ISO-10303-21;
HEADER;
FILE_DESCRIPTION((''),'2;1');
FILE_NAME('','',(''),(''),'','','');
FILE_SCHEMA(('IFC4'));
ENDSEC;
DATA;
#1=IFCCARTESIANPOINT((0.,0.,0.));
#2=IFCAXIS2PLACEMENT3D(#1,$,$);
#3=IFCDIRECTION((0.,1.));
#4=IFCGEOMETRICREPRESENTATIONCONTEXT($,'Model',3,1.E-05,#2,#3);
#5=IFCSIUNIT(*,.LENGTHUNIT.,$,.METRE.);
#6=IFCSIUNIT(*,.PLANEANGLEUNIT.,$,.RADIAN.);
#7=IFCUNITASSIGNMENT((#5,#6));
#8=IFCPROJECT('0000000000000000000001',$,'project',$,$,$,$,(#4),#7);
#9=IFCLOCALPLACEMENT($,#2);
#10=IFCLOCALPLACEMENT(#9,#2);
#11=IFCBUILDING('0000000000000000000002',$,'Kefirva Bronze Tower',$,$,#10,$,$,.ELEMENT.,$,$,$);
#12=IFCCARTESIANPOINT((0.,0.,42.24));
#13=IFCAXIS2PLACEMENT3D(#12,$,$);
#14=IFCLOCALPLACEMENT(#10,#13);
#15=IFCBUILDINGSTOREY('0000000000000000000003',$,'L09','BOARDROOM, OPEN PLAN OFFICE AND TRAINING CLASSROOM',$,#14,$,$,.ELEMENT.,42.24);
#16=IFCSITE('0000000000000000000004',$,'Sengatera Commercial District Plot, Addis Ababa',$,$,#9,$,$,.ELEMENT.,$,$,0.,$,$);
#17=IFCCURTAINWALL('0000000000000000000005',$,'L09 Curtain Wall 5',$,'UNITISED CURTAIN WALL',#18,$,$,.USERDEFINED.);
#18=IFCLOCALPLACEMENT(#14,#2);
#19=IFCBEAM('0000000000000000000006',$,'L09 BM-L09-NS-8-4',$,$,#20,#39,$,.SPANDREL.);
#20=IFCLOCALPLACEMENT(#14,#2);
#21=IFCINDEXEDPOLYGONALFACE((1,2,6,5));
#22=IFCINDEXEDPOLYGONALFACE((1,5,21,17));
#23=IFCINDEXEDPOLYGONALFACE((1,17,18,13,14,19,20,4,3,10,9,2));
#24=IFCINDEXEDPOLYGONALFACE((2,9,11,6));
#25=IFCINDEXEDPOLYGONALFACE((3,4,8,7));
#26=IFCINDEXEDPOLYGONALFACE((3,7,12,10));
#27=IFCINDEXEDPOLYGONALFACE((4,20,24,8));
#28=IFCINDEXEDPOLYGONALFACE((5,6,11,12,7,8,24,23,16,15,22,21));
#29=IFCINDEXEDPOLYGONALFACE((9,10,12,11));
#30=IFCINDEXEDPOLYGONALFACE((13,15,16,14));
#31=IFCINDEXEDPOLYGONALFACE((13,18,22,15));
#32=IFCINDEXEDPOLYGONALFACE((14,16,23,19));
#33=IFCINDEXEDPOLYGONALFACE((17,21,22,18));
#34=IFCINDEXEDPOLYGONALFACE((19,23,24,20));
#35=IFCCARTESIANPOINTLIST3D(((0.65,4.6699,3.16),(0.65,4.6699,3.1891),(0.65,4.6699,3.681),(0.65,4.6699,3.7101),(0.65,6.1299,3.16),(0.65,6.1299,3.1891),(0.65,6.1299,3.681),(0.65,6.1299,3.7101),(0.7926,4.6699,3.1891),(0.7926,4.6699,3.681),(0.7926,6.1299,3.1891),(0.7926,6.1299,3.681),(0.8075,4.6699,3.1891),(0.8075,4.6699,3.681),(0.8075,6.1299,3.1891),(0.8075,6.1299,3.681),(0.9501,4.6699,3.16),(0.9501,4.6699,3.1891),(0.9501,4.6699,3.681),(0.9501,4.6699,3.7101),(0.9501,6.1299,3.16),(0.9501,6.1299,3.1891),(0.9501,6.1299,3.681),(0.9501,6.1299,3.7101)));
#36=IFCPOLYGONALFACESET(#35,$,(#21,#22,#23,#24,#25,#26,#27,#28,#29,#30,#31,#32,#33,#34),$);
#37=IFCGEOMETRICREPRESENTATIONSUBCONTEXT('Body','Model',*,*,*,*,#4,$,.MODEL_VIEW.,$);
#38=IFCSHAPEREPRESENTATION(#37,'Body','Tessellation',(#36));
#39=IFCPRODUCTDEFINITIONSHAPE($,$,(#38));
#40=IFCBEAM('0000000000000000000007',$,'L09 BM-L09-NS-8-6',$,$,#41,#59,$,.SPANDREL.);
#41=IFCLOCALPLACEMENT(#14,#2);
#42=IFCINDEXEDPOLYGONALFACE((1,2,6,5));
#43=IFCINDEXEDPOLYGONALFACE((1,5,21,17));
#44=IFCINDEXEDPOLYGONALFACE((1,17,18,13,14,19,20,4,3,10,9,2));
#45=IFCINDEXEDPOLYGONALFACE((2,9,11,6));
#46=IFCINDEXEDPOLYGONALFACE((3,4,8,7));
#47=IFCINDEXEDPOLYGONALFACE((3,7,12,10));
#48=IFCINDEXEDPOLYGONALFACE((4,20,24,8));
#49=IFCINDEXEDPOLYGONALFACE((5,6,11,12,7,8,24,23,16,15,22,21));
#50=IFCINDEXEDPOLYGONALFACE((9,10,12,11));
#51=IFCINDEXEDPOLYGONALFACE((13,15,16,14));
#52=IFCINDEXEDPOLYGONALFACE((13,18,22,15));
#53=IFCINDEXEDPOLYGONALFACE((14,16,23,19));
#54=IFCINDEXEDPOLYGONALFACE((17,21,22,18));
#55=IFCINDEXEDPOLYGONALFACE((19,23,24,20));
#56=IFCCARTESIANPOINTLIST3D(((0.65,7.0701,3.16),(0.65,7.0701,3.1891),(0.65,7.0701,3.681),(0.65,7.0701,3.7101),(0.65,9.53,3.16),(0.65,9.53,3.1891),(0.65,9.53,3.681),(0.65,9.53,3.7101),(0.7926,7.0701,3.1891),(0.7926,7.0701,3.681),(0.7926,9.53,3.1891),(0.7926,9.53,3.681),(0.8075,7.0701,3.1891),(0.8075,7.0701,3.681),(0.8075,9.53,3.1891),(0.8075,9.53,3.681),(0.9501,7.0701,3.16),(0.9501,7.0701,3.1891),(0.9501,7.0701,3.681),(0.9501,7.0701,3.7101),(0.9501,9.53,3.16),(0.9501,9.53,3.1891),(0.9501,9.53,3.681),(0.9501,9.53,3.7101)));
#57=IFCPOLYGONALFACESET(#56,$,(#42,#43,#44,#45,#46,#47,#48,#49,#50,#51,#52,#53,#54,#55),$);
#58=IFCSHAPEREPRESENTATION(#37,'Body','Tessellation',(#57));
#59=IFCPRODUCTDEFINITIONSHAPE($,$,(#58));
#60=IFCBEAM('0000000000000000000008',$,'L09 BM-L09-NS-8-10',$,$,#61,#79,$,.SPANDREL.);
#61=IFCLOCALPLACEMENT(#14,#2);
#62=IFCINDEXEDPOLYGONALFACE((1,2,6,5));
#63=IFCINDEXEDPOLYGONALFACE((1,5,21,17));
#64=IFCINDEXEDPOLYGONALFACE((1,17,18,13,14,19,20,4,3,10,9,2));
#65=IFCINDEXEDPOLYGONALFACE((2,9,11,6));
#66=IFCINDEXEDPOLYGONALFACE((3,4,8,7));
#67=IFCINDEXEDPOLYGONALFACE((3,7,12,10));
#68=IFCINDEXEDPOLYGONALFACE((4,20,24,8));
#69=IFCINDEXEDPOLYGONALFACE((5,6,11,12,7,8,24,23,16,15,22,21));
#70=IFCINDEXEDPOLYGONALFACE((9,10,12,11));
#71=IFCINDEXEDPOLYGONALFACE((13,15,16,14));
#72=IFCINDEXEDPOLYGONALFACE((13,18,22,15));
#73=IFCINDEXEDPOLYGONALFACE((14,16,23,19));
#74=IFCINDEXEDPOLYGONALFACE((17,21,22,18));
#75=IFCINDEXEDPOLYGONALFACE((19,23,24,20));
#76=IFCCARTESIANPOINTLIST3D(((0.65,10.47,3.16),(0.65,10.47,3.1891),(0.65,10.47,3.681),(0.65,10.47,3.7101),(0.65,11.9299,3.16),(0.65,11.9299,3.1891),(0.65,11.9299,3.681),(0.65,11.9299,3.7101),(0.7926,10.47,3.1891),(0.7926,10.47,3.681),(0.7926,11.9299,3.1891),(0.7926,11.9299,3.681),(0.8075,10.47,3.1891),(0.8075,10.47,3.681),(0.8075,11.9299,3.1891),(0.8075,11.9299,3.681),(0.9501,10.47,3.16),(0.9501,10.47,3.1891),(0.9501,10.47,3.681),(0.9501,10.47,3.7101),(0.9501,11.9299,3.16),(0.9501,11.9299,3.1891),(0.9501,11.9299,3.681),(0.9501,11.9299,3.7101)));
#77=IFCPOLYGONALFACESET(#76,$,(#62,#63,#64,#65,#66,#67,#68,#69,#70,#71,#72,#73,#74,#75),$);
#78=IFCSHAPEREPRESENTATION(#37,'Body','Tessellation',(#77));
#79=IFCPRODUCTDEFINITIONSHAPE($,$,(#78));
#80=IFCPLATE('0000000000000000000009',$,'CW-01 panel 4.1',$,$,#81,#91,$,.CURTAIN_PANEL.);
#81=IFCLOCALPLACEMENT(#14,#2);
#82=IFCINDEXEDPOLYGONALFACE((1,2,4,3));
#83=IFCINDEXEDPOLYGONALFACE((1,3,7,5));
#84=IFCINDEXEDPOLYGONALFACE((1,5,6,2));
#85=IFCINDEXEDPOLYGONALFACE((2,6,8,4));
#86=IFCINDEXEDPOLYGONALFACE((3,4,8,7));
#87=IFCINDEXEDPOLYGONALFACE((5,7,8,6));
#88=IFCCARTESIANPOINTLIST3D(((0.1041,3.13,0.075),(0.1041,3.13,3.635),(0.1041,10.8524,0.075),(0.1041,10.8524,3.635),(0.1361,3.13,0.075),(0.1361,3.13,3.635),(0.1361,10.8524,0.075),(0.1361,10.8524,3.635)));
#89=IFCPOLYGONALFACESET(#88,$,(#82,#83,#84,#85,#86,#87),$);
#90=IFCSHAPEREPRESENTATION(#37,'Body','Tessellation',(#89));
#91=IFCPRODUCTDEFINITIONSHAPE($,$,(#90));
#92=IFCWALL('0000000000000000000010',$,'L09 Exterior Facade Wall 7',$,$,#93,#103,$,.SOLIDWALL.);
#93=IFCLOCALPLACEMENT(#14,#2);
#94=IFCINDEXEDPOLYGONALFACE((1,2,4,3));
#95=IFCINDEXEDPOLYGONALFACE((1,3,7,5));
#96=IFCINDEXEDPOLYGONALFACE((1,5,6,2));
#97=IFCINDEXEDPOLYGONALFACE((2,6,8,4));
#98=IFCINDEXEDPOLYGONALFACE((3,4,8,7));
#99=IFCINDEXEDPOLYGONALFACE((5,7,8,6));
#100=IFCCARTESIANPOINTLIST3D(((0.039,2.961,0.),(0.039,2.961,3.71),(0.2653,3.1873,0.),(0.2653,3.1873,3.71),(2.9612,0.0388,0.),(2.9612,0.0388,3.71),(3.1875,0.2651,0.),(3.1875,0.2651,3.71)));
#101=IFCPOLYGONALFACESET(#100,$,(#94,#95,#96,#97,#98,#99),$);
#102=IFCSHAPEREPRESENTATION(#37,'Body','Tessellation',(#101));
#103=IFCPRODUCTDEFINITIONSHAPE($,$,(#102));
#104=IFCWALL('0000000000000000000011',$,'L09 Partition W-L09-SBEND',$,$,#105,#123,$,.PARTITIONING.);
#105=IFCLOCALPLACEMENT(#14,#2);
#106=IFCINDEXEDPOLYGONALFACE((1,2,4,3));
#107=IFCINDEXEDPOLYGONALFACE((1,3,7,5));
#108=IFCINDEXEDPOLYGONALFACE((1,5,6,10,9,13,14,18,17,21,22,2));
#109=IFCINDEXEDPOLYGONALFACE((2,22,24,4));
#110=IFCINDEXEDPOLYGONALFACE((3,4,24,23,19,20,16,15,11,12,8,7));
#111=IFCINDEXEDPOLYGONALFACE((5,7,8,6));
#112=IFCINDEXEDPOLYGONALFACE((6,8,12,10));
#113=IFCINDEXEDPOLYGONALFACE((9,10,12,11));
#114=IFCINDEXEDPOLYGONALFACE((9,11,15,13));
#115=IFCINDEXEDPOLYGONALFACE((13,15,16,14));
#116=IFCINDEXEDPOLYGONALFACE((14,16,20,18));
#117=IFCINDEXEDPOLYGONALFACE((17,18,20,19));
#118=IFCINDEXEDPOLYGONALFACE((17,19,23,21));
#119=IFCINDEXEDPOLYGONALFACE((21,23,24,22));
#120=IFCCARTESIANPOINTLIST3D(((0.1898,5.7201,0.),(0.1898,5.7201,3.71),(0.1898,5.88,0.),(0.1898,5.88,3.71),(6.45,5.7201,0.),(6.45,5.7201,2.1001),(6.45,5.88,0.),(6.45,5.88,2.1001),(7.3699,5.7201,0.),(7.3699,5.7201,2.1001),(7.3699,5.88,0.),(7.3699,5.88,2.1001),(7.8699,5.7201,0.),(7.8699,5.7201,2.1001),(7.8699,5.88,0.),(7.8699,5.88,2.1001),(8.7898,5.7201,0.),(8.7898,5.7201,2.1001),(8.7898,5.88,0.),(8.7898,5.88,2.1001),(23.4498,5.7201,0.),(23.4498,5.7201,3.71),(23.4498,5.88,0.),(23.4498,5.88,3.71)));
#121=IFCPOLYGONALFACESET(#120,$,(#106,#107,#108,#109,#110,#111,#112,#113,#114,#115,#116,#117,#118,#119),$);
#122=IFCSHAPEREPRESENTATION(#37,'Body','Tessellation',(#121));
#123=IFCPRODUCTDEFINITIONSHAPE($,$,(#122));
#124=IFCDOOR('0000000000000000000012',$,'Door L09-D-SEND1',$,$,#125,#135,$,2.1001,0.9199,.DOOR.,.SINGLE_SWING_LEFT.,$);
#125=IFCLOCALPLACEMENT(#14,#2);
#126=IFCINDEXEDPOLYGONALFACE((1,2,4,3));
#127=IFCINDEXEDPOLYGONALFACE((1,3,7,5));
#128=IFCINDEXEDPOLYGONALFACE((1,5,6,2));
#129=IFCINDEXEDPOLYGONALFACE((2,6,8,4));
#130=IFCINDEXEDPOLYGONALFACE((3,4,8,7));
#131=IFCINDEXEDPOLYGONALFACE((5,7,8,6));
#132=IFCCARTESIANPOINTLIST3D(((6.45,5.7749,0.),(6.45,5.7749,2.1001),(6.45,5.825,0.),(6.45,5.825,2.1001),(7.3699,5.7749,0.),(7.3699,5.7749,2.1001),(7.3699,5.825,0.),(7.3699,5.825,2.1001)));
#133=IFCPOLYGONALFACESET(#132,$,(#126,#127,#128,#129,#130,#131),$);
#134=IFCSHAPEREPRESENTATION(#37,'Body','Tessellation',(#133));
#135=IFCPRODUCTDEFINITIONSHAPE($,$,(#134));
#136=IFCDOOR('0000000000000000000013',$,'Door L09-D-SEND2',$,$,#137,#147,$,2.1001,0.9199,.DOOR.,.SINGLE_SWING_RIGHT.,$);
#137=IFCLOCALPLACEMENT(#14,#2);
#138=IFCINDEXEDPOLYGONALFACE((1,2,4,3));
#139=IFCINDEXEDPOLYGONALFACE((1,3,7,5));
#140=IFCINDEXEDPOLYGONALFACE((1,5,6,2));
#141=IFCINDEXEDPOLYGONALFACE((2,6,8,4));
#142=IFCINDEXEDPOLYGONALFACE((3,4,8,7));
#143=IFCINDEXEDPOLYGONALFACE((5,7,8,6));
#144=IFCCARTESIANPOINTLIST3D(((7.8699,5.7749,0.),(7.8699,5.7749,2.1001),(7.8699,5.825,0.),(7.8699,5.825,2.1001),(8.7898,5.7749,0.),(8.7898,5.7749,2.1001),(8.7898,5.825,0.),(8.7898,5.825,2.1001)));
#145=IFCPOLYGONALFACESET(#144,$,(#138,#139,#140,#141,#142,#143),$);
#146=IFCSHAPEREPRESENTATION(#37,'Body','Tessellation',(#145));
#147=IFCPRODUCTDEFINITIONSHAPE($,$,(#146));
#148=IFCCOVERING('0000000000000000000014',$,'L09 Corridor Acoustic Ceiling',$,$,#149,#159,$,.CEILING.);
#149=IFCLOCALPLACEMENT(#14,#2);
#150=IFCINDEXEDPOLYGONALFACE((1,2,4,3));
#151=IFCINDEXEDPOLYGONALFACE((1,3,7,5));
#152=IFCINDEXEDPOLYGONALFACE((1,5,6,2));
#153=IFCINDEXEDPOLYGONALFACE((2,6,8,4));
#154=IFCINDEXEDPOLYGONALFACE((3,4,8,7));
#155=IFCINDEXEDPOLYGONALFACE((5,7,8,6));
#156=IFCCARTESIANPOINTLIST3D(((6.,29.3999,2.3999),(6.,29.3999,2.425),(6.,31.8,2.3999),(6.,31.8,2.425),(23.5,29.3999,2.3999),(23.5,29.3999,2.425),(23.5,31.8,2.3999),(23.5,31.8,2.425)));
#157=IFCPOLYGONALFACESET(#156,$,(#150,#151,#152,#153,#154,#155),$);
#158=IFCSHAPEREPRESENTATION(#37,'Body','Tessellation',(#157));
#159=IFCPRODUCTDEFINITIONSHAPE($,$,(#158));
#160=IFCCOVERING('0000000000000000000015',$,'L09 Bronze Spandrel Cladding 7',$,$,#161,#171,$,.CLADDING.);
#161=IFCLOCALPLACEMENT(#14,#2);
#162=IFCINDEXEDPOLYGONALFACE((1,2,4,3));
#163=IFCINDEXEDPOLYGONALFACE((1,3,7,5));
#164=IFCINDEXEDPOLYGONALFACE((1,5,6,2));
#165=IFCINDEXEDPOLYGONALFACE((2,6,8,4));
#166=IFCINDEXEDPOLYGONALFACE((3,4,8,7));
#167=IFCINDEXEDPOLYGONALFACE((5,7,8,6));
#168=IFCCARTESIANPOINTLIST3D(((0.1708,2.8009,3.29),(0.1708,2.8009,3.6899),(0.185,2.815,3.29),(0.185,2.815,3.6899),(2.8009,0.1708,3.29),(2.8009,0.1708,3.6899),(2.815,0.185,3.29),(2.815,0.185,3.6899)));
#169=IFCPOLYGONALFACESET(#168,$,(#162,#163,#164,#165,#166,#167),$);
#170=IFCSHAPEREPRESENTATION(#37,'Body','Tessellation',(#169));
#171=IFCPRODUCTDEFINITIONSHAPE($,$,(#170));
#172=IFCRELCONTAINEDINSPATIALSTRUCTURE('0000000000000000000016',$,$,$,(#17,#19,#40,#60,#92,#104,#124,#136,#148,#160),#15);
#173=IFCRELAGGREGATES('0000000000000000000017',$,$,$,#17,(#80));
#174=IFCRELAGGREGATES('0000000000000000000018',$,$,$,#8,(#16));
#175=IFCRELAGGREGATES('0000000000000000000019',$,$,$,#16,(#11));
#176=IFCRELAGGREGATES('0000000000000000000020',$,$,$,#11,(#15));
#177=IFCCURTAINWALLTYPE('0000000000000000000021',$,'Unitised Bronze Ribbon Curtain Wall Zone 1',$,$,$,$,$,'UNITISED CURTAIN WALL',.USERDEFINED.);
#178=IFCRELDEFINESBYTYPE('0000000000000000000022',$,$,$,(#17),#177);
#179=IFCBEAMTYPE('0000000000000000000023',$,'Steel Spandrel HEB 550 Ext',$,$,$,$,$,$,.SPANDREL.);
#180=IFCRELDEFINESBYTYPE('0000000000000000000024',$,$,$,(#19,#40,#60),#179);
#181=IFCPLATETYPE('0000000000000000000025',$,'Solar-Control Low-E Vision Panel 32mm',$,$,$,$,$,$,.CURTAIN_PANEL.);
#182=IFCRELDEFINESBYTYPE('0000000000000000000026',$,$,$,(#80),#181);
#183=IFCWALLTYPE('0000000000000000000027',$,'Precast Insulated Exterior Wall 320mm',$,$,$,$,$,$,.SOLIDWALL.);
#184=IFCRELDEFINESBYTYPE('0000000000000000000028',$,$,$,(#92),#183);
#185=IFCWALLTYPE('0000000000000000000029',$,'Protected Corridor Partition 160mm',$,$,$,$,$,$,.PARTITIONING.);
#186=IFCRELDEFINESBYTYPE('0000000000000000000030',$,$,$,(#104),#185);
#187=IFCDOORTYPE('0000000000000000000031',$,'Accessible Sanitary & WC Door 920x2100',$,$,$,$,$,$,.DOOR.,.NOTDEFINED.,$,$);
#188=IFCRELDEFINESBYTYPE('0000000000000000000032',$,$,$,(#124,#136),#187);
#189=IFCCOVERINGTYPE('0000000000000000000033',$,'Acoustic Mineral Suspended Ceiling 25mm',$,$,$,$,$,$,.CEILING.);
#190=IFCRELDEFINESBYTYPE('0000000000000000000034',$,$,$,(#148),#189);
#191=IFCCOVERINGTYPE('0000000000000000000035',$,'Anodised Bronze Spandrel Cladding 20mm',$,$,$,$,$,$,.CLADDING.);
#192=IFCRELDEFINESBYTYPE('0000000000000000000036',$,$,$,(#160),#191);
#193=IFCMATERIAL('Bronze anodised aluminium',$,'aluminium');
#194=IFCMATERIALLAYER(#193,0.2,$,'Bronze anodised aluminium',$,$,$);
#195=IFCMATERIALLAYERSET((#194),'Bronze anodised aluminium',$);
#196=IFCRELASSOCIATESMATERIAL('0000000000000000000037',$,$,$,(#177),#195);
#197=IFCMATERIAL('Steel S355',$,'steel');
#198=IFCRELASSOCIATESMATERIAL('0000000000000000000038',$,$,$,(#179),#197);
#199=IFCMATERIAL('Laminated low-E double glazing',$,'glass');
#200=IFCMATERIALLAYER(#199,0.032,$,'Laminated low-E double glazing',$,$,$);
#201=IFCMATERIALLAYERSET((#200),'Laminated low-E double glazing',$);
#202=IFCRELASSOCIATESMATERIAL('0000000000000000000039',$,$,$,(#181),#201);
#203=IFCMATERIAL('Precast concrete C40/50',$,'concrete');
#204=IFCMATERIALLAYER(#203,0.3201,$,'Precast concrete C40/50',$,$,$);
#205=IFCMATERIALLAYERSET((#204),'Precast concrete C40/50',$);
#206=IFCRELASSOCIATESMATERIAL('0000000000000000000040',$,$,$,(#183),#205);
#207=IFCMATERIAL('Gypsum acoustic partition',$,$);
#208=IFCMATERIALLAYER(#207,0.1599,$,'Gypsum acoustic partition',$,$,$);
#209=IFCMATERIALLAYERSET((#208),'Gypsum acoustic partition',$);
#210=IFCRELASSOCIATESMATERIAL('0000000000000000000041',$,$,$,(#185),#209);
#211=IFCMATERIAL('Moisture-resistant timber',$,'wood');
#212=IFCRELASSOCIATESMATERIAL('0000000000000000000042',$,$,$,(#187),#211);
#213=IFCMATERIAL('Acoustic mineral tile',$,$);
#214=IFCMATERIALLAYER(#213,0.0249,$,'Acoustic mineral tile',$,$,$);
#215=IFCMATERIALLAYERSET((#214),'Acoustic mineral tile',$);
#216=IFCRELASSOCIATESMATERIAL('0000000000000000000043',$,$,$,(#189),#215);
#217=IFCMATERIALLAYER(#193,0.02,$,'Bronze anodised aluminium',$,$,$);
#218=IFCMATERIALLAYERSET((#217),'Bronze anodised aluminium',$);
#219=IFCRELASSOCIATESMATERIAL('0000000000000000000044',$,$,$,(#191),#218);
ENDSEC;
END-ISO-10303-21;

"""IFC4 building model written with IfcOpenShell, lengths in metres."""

from ifc_helpers import new_model, si_unit, direction, frame, frame_2d, origin, origin_2d, place, context, subcontext, project, spatial, polyline, rectangle, i_section, outline, extrude, material, layer, layer_set, material_profile, profile_set, type_object, element, fill, aggregate, save


model = new_model("IFC4")

# Units and contexts
model_context = context("Model", 3, precision=1e-05, world=origin(), true_north=direction((0.0, 1.0)))
body_context = subcontext(model_context, "Body", "Model", "MODEL_VIEW")
ifc_project = project(units=[si_unit("LENGTHUNIT", "METRE"), si_unit("PLANEANGLEUNIT", "RADIAN")], contexts=[model_context])

# Site, building, storey
site_placement = place(None, origin())
site = spatial("IfcSite", under=ifc_project, at=site_placement, Name="Sengatera Commercial District Plot, Addis Ababa", CompositionType="ELEMENT", RefElevation=0.0)
building_placement = place(site_placement, origin())
building = spatial("IfcBuilding", under=site, at=building_placement, Name="Kefirva Bronze Tower", CompositionType="ELEMENT")
storey_placement = place(building_placement, frame((0.0, 0.0, 42.24)))
storey = spatial("IfcBuildingStorey", under=building, at=storey_placement, Name="L09", Description="BOARDROOM, OPEN PLAN OFFICE AND TRAINING CLASSROOM", CompositionType="ELEMENT", Elevation=42.24)

# Curtain wall
ifc_material_1 = material(Name="Bronze anodised aluminium", Category="aluminium")
ifc_layer_1 = layer(ifc_material_1, 0.2, Name="Bronze anodised aluminium")
ifc_layer_set_1 = layer_set([ifc_layer_1], Name="Bronze anodised aluminium")
curtain_wall_type = type_object("IfcCurtainWallType", Name="Unitised Bronze Ribbon Curtain Wall Zone 1", ElementType="UNITISED CURTAIN WALL", PredefinedType="USERDEFINED", material=ifc_layer_set_1)
curtain_wall_placement = place(storey_placement, origin())
curtain_wall = element("IfcCurtainWall", 1, at=curtain_wall_placement, inside=storey, type_object=curtain_wall_type, Name="L09 Curtain Wall 5", ObjectType="UNITISED CURTAIN WALL", PredefinedType="USERDEFINED")

# Beams
ifc_material_2 = material(Name="Steel S355", Category="steel")
ifc_material_profile_1 = material_profile(ifc_material_2, i_section(OverallWidth=0.3, OverallDepth=0.55, WebThickness=0.0149, FlangeThickness=0.0291, at=origin_2d()), Name="HEB 550")
ifc_profile_set_1 = profile_set([ifc_material_profile_1], Name="Steel S355")
beam_type_1 = type_object("IfcBeamType", Name="Steel Spandrel HEB 550 Ext", PredefinedType="SPANDREL", material=ifc_profile_set_1)
beam_1_placement = place(storey_placement, frame((0.8, 4.6699, 3.4351), z_axis=(0.0, 1.0, 0.0), x_axis=(-1.0, 0.0, 0.0)))
element("IfcBeam", 2, at=beam_1_placement, inside=storey, type_object=beam_type_1, Name="L09 BM-L09-NS-8-4", PredefinedType="SPANDREL", context=body_context, shape_type="SweptSolid", body=[
    extrude(i_section(OverallWidth=0.3, OverallDepth=0.55, WebThickness=0.0149, FlangeThickness=0.0291, at=origin_2d()), origin(), (0.0, 0.0, 1.0), 1.46),
])
beam_2_placement = place(storey_placement, frame((0.8, 7.0701, 3.4351), z_axis=(0.0, 1.0, 0.0), x_axis=(-1.0, 0.0, 0.0)))
element("IfcBeam", 3, at=beam_2_placement, inside=storey, type_object=beam_type_1, Name="L09 BM-L09-NS-8-6", PredefinedType="SPANDREL", context=body_context, shape_type="SweptSolid", body=[
    extrude(i_section(OverallWidth=0.3, OverallDepth=0.55, WebThickness=0.0149, FlangeThickness=0.0291, at=origin_2d()), origin(), (0.0, 0.0, 1.0), 2.46),
])
beam_3_placement = place(storey_placement, frame((0.8, 10.47, 3.4351), z_axis=(0.0, 1.0, 0.0), x_axis=(-1.0, 0.0, 0.0)))
element("IfcBeam", 4, at=beam_3_placement, inside=storey, type_object=beam_type_1, Name="L09 BM-L09-NS-8-10", PredefinedType="SPANDREL", context=body_context, shape_type="SweptSolid", body=[
    extrude(i_section(OverallWidth=0.3, OverallDepth=0.55, WebThickness=0.0149, FlangeThickness=0.0291, at=origin_2d()), origin(), (0.0, 0.0, 1.0), 1.46),
])

# Plate
ifc_material_3 = material(Name="Laminated low-E double glazing", Category="glass")
ifc_layer_2 = layer(ifc_material_3, 0.032, Name="Laminated low-E double glazing")
ifc_layer_set_2 = layer_set([ifc_layer_2], Name="Laminated low-E double glazing")
plate_type = type_object("IfcPlateType", Name="Solar-Control Low-E Vision Panel 32mm", PredefinedType="CURTAIN_PANEL", material=ifc_layer_set_2)
plate_placement = place(storey_placement, frame((0.1201, 6.9912, 0.075), z_axis=(0.0, 0.0, 1.0), x_axis=(0.0, -1.0, 0.0)))
plate = element("IfcPlate", 5, at=plate_placement, type_object=plate_type, Name="CW-01 panel 4.1", PredefinedType="CURTAIN_PANEL", context=body_context, shape_type="SweptSolid", body=[
    extrude(rectangle(XDim=7.7224, YDim=0.032, at=origin_2d()), origin(), (0.0, 0.0, 1.0), 3.5601),
])
aggregate(curtain_wall, [plate])

# Wall
ifc_material_4 = material(Name="Precast concrete C40/50", Category="concrete")
ifc_layer_3 = layer(ifc_material_4, 0.3201, Name="Precast concrete C40/50")
ifc_layer_set_3 = layer_set([ifc_layer_3], Name="Precast concrete C40/50")
wall_type_1 = type_object("IfcWallType", Name="Precast Insulated Exterior Wall 320mm", PredefinedType="SOLIDWALL", material=ifc_layer_set_3)
wall_1_placement = place(storey_placement, frame((0.1521, 3.0742, 0.0), z_axis=(0.0, 0.0, 1.0), x_axis=(0.707107, -0.707107, 0.0)))
element("IfcWall", 6, at=wall_1_placement, inside=storey, type_object=wall_type_1, Name="L09 Exterior Facade Wall 7", PredefinedType="SOLIDWALL", context=body_context, shape_type="SweptSolid", body=[
    extrude(rectangle(XDim=4.1326, YDim=0.3201, at=frame_2d((2.0664, 0.0))), origin(), (0.0, 0.0, 1.0), 3.71),
])

# Wall, openings, doors
ifc_material_5 = material(Name="Gypsum acoustic partition")
ifc_layer_4 = layer(ifc_material_5, 0.1599, Name="Gypsum acoustic partition")
ifc_layer_set_4 = layer_set([ifc_layer_4], Name="Gypsum acoustic partition")
wall_type_2 = type_object("IfcWallType", Name="Protected Corridor Partition 160mm", PredefinedType="PARTITIONING", material=ifc_layer_set_4)
wall_2_placement = place(storey_placement, frame((0.1899, 5.8, 0.0), z_axis=(0.0, 0.0, 1.0), x_axis=(1.0, 0.0, 0.0)))
wall_2 = element("IfcWall", 7, at=wall_2_placement, inside=storey, type_object=wall_type_2, Name="L09 Partition W-L09-SBEND", PredefinedType="PARTITIONING", context=body_context, shape_type="SweptSolid", body=[
    extrude(rectangle(XDim=23.26, YDim=0.1599, at=frame_2d((11.6299, 0.0))), origin(), (0.0, 0.0, 1.0), 3.71),
])
opening_1_placement = place(wall_2_placement, frame((6.26, 0.0, 0.0)))
opening_1 = element("IfcOpeningElement", 8, at=opening_1_placement, cuts=wall_2, PredefinedType="OPENING", context=body_context, shape_type="SweptSolid", body=[
    extrude(rectangle(XDim=0.9199, YDim=2.1001, at=frame_2d((0.46, 1.05))), frame((0.0, 0.0898, 0.0), z_axis=(0.0, -1.0, 0.0), x_axis=(1.0, 0.0, 0.0)), (0.0, 0.0, 1.0), 0.1799),
])
opening_2_placement = place(wall_2_placement, frame((7.6799, 0.0, 0.0)))
opening_2 = element("IfcOpeningElement", 9, at=opening_2_placement, cuts=wall_2, PredefinedType="OPENING", context=body_context, shape_type="SweptSolid", body=[
    extrude(rectangle(XDim=0.9199, YDim=2.1001, at=frame_2d((0.46, 1.05))), frame((0.0, 0.0898, 0.0), z_axis=(0.0, -1.0, 0.0), x_axis=(1.0, 0.0, 0.0)), (0.0, 0.0, 1.0), 0.1799),
])
ifc_material_6 = material(Name="Moisture-resistant timber", Category="wood")
door_type = type_object("IfcDoorType", Name="Accessible Sanitary & WC Door 920x2100", OperationType="NOTDEFINED", PredefinedType="DOOR", material=ifc_material_6)
door_1_placement = place(opening_1_placement, origin())
door_1 = element("IfcDoor", 10, at=door_1_placement, inside=storey, type_object=door_type, Name="Door L09-D-SEND1", OperationType="SINGLE_SWING_LEFT", OverallHeight=2.1001, OverallWidth=0.9199, PredefinedType="DOOR", context=body_context, shape_type="SweptSolid", body=[
    extrude(rectangle(XDim=0.9199, YDim=2.1001, at=frame_2d((0.46, 1.05))), frame((0.0, 0.0249, 0.0), z_axis=(0.0, -1.0, 0.0), x_axis=(1.0, 0.0, 0.0)), (0.0, 0.0, 1.0), 0.05),
])
fill(opening_1, door_1)
door_2_placement = place(opening_2_placement, origin())
door_2 = element("IfcDoor", 11, at=door_2_placement, inside=storey, type_object=door_type, Name="Door L09-D-SEND2", OperationType="SINGLE_SWING_RIGHT", OverallHeight=2.1001, OverallWidth=0.9199, PredefinedType="DOOR", context=body_context, shape_type="SweptSolid", body=[
    extrude(rectangle(XDim=0.9199, YDim=2.1001, at=frame_2d((0.46, 1.05))), frame((0.0, 0.0249, 0.0), z_axis=(0.0, -1.0, 0.0), x_axis=(1.0, 0.0, 0.0)), (0.0, 0.0, 1.0), 0.05),
])
fill(opening_2, door_2)

# Coverings
ifc_material_7 = material(Name="Acoustic mineral tile")
ifc_layer_5 = layer(ifc_material_7, 0.0249, Name="Acoustic mineral tile")
ifc_layer_set_5 = layer_set([ifc_layer_5], Name="Acoustic mineral tile")
covering_type_1 = type_object("IfcCoveringType", Name="Acoustic Mineral Suspended Ceiling 25mm", PredefinedType="CEILING", material=ifc_layer_set_5)
covering_1_placement = place(storey_placement, frame((0.0, 0.0, 2.3999)))
element("IfcCovering", 12, at=covering_1_placement, inside=storey, type_object=covering_type_1, Name="L09 Corridor Acoustic Ceiling", PredefinedType="CEILING", context=body_context, shape_type="SweptSolid", body=[
    extrude(outline(polyline([(6.0, 29.3999), (23.5, 29.3999), (23.5, 31.8), (6.0, 31.8), (6.0, 29.3999)])), origin(), (0.0, 0.0, 1.0), 0.0251),
])
ifc_layer_6 = layer(ifc_material_1, 0.02, Name="Bronze anodised aluminium")
ifc_layer_set_6 = layer_set([ifc_layer_6], Name="Bronze anodised aluminium")
covering_type_2 = type_object("IfcCoveringType", Name="Anodised Bronze Spandrel Cladding 20mm", PredefinedType="CLADDING", material=ifc_layer_set_6)
covering_2_placement = place(storey_placement, frame((1.4929, 1.4929, 3.29), z_axis=(0.0, 0.0, 1.0), x_axis=(0.707107, -0.707107, 0.0)))
element("IfcCovering", 13, at=covering_2_placement, inside=storey, type_object=covering_type_2, Name="L09 Bronze Spandrel Cladding 7", PredefinedType="CLADDING", context=body_context, shape_type="SweptSolid", body=[
    extrude(rectangle(XDim=3.7195, YDim=0.02, at=origin_2d()), origin(), (0.0, 0.0, 1.0), 0.3999),
])

save(model, "model.ifc")
